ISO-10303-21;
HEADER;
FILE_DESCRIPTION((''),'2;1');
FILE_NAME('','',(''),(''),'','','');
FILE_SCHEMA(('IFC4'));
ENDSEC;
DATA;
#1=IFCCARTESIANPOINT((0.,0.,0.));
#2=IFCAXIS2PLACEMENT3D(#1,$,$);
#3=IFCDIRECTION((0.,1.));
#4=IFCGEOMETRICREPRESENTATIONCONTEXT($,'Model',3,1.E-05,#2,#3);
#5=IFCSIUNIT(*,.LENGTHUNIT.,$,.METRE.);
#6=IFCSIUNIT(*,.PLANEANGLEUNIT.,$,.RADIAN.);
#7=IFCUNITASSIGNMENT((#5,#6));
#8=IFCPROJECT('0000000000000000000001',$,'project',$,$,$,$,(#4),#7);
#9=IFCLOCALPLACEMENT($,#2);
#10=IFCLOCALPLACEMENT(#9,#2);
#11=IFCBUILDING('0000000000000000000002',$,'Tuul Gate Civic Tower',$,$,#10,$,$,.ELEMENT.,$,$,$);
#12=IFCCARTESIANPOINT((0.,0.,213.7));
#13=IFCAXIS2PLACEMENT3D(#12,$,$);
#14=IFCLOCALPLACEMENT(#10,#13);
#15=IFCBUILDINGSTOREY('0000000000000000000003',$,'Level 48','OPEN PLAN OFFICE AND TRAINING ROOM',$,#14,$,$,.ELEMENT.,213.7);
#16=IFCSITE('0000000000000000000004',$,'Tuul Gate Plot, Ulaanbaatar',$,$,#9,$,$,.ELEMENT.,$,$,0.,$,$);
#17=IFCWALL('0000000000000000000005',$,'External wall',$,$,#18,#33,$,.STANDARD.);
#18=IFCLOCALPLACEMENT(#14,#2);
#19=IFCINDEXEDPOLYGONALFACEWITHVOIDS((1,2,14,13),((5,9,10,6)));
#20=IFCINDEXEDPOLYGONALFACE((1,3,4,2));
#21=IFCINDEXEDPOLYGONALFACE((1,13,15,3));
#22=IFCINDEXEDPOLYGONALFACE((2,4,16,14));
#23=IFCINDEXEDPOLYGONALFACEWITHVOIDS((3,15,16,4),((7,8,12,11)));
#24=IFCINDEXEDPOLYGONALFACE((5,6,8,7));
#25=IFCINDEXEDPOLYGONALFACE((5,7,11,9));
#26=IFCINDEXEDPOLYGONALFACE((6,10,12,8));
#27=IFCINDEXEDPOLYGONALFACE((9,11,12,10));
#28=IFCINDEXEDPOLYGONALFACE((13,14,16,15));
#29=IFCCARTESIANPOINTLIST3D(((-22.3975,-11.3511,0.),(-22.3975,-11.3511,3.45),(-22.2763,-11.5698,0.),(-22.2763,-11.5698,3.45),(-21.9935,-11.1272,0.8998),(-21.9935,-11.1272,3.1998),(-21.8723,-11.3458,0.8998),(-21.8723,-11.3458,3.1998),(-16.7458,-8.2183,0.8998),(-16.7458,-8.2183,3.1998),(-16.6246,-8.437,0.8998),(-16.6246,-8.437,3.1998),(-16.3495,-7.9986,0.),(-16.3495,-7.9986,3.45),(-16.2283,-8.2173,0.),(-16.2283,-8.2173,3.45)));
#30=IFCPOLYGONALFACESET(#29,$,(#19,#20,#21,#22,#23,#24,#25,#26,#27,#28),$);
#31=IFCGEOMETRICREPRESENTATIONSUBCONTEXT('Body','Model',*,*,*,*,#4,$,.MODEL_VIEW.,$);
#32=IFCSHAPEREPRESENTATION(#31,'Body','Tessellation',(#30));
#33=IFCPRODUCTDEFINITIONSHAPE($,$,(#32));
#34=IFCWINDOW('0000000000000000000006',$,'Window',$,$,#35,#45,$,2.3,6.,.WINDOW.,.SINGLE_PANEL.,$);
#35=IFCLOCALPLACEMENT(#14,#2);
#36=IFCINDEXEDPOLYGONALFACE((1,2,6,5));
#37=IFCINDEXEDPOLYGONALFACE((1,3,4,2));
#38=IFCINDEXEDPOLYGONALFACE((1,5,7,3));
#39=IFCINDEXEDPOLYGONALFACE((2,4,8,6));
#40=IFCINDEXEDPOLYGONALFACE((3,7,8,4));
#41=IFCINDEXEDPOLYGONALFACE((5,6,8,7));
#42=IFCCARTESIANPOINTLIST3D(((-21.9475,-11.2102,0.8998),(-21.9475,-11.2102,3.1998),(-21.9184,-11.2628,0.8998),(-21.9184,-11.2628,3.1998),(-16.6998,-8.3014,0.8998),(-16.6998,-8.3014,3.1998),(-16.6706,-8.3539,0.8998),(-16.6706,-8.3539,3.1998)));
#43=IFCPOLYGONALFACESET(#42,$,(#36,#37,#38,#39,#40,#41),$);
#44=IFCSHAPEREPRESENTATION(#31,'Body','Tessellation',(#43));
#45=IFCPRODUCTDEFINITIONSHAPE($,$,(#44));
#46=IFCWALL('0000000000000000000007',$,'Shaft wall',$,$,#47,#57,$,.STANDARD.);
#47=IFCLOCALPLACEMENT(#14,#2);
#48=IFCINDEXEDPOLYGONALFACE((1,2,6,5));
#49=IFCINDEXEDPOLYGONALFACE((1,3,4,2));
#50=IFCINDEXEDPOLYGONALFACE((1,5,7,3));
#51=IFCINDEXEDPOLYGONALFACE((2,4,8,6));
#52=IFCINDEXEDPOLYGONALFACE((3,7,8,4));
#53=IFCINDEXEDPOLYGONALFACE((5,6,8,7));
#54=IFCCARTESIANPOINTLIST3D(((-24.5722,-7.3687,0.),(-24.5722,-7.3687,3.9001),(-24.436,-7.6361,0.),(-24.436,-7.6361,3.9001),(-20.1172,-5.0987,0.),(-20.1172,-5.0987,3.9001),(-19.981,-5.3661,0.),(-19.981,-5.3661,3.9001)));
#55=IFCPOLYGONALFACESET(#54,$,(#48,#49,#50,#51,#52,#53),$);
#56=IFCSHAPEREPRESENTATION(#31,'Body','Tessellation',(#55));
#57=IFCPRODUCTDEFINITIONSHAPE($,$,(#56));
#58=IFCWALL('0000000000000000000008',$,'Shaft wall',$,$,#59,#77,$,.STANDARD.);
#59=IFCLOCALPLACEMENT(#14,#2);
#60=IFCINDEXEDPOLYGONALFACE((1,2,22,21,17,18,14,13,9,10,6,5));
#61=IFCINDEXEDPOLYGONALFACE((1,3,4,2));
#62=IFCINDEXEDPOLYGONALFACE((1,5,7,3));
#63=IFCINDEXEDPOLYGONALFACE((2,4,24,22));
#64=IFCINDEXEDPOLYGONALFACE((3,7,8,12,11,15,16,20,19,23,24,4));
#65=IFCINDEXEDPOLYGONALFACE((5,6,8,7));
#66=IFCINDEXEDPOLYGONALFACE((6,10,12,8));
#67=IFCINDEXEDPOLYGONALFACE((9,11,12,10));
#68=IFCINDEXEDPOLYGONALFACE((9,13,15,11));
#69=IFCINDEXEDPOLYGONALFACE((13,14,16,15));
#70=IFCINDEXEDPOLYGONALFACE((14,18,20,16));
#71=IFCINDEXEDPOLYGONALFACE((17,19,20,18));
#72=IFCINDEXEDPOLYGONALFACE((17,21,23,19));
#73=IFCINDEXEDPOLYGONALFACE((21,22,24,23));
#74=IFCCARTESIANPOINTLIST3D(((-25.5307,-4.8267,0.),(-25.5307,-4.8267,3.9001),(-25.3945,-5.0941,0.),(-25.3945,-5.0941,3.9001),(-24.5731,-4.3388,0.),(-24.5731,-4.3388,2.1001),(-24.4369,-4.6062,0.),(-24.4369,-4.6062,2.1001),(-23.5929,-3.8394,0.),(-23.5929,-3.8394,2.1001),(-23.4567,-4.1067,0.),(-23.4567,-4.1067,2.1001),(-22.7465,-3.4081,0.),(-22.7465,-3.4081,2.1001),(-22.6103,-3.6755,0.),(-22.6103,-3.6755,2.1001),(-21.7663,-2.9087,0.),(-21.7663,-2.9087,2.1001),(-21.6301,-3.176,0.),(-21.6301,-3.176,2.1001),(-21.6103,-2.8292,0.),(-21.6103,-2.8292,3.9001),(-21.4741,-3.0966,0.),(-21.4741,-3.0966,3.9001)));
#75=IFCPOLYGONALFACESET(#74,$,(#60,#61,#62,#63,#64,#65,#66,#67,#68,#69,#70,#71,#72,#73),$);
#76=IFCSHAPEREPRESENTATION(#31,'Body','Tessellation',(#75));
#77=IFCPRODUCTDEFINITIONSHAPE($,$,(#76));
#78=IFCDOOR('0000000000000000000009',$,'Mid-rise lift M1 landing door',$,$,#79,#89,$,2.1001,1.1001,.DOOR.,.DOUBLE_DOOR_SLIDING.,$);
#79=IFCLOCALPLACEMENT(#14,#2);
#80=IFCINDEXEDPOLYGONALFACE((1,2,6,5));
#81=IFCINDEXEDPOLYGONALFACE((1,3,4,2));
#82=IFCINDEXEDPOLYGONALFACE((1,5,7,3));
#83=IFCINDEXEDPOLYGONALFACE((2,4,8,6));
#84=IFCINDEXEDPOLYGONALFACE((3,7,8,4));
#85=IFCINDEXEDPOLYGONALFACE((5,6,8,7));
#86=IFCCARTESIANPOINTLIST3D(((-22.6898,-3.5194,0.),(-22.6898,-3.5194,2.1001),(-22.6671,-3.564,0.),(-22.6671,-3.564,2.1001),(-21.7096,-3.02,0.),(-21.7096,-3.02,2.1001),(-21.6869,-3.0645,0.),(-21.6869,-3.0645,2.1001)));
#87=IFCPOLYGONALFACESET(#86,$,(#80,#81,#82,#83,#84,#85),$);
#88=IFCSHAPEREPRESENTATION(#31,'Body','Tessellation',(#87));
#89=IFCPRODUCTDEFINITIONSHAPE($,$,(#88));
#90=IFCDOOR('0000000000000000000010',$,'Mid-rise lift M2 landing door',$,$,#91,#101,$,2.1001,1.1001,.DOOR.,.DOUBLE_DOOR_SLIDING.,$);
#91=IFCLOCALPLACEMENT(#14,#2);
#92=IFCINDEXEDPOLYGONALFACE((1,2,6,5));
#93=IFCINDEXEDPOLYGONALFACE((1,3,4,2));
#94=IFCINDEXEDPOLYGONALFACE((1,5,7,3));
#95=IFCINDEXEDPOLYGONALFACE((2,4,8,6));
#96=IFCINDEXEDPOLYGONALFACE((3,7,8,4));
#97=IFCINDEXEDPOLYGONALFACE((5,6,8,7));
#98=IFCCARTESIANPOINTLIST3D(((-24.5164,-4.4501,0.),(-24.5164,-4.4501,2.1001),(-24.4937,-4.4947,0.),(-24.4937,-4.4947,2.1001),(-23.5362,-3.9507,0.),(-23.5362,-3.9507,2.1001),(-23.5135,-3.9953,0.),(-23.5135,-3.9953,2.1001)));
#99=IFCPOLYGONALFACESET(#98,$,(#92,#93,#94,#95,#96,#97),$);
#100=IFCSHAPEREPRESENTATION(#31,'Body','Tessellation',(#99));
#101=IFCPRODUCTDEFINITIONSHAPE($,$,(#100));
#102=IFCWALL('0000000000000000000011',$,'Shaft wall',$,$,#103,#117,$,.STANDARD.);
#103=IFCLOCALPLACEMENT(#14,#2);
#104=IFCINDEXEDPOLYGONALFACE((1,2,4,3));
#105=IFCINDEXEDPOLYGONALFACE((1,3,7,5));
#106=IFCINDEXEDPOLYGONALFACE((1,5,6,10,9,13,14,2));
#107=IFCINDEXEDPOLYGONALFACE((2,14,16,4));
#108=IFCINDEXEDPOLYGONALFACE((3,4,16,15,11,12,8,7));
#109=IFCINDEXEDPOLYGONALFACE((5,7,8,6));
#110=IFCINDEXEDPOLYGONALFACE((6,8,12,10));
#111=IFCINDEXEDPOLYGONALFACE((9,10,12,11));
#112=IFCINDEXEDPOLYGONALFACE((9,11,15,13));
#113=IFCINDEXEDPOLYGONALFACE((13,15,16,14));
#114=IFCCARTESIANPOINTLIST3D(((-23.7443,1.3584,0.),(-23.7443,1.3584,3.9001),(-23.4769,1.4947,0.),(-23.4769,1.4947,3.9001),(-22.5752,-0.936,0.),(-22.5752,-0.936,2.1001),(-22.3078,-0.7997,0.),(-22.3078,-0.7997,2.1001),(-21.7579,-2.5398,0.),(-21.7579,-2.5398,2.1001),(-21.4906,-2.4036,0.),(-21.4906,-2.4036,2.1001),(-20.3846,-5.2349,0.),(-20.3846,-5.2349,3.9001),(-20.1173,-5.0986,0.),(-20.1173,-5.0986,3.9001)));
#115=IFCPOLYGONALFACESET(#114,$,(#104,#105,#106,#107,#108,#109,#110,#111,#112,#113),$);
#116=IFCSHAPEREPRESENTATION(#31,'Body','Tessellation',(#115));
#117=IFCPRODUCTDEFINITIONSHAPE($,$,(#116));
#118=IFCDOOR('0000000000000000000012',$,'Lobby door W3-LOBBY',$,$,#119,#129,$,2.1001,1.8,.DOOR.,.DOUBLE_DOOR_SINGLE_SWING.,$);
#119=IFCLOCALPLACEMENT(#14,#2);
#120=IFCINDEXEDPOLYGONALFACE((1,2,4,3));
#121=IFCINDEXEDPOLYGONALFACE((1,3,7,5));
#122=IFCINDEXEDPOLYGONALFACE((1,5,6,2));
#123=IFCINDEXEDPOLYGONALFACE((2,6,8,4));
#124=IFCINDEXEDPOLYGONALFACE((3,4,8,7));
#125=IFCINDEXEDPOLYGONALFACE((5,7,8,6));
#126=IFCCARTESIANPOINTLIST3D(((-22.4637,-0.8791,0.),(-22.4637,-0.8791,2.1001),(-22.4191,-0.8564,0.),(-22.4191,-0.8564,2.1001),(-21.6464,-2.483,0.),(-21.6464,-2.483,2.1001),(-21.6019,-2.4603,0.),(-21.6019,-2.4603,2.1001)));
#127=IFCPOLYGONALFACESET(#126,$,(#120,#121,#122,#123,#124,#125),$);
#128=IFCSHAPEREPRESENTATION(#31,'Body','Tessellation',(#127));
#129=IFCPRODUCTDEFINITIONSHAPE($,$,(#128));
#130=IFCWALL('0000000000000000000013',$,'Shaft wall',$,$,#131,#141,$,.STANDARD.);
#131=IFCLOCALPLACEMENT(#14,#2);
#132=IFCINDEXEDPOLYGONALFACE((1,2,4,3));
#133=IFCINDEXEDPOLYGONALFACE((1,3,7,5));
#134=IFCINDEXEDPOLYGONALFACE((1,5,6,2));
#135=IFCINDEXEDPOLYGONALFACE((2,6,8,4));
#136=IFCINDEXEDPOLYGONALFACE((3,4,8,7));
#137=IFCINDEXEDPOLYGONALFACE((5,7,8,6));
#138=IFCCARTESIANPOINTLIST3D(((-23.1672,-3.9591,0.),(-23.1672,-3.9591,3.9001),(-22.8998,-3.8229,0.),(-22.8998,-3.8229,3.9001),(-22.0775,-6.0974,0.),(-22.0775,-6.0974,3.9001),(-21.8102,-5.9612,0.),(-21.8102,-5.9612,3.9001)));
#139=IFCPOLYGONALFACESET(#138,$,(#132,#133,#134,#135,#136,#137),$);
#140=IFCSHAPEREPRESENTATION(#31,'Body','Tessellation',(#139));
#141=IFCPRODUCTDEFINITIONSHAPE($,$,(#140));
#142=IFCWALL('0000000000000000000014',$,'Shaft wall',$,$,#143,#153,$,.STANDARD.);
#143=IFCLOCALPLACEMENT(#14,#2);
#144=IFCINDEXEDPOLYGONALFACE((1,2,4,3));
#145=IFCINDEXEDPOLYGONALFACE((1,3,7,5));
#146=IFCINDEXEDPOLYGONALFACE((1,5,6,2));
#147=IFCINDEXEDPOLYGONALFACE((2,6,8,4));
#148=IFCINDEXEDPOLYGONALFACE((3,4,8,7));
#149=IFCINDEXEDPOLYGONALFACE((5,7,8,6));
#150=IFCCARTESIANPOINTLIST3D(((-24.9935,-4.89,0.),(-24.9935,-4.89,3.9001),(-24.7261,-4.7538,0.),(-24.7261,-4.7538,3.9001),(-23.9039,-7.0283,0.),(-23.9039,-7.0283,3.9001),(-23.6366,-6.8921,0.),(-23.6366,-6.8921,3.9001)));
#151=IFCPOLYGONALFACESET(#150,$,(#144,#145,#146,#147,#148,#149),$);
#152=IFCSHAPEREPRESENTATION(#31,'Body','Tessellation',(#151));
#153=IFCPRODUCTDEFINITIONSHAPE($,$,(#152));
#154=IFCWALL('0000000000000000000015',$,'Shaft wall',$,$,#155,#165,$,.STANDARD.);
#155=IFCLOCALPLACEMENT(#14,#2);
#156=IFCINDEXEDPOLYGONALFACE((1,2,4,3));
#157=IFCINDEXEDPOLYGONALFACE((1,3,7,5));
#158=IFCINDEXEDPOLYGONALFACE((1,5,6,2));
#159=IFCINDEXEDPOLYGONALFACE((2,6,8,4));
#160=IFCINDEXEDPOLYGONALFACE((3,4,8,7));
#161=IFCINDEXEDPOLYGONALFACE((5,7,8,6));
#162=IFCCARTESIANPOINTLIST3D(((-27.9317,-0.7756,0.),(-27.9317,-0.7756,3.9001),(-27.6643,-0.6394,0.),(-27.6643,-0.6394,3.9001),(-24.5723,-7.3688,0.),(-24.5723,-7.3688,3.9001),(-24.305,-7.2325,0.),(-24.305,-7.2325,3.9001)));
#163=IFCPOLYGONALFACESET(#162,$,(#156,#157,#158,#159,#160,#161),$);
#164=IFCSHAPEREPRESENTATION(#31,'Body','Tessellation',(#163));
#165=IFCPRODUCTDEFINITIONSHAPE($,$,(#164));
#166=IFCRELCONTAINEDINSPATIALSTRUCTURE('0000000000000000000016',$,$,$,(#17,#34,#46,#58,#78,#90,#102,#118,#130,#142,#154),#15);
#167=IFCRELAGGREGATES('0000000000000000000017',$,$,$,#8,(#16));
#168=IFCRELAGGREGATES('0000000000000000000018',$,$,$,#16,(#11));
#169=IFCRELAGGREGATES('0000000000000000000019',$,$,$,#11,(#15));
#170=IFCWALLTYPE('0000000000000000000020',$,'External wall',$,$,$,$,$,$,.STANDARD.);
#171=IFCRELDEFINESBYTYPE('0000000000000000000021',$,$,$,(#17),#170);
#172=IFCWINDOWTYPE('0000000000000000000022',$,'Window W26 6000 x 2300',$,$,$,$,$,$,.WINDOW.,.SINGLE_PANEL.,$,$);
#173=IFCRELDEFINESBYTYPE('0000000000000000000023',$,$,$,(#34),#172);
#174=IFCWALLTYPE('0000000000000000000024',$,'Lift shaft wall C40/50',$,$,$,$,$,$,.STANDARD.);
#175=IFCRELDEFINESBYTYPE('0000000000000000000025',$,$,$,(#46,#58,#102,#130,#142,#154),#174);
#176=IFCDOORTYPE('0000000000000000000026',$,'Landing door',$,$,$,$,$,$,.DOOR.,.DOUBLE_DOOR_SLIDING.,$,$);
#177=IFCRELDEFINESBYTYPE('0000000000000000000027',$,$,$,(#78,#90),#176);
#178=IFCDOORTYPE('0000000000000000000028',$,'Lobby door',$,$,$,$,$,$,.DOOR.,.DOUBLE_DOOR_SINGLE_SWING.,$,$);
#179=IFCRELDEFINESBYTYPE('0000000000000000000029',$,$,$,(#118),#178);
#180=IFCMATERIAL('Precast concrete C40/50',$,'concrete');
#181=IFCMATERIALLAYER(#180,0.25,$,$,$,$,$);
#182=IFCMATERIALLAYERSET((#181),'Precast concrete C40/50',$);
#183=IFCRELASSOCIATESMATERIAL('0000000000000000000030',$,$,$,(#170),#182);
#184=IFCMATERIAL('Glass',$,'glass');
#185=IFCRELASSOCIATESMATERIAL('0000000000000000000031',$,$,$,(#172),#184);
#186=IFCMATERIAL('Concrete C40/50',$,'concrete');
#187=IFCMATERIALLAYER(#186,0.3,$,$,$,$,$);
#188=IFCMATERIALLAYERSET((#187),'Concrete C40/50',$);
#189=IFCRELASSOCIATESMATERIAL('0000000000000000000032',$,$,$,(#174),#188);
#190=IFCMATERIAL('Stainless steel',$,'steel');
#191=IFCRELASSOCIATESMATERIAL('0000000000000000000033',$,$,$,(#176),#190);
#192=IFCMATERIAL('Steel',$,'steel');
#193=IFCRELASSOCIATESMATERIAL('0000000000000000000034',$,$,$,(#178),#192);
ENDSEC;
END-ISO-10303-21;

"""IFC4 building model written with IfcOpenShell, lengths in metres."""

from ifc_helpers import new_model, si_unit, direction, frame, frame_2d, origin, place, context, subcontext, project, spatial, rectangle, extrude, material, layer, layer_set, type_object, element, fill, save


model = new_model("IFC4")

# Units and contexts
model_context = context("Model", 3, precision=1e-05, world=origin(), true_north=direction((0.0, 1.0)))
body_context = subcontext(model_context, "Body", "Model", "MODEL_VIEW")
ifc_project = project(units=[si_unit("LENGTHUNIT", "METRE"), si_unit("PLANEANGLEUNIT", "RADIAN")], contexts=[model_context])

# Site, building, storey
site_placement = place(None, origin())
site = spatial("IfcSite", under=ifc_project, at=site_placement, Name="Tuul Gate Plot, Ulaanbaatar", CompositionType="ELEMENT", RefElevation=0.0)
building_placement = place(site_placement, origin())
building = spatial("IfcBuilding", under=site, at=building_placement, Name="Tuul Gate Civic Tower", CompositionType="ELEMENT")
storey_placement = place(building_placement, frame((0.0, 0.0, 213.7)))
storey = spatial("IfcBuildingStorey", under=building, at=storey_placement, Name="Level 48", Description="OPEN PLAN OFFICE AND TRAINING ROOM", CompositionType="ELEMENT", Elevation=213.7)

# Wall, opening, window
ifc_material_1 = material(Name="Precast concrete C40/50", Category="concrete")
ifc_layer_1 = layer(ifc_material_1, 0.25)
ifc_layer_set_1 = layer_set([ifc_layer_1], Name="Precast concrete C40/50")
wall_type_1 = type_object("IfcWallType", Name="External wall", PredefinedType="STANDARD", material=ifc_layer_set_1)
wall_1_placement = place(storey_placement, frame((-22.3369, -11.4604, 0.0), z_axis=(0.0, 0.0, 1.0), x_axis=(0.874618, 0.484812, 0.0)))
wall_1 = element("IfcWall", 1, at=wall_1_placement, inside=storey, type_object=wall_type_1, Name="External wall", PredefinedType="STANDARD", context=body_context, shape_type="SweptSolid", body=[
    extrude(rectangle(XDim=6.915, YDim=0.25, at=frame_2d((3.4575, 0.0))), origin(), (0.0, 0.0, 1.0), 3.45),
])
opening_1_placement = place(wall_1_placement, frame((0.4619, 0.0, 0.8999)))
opening_1 = element("IfcOpeningElement", 2, at=opening_1_placement, cuts=wall_1, PredefinedType="OPENING", context=body_context, shape_type="SweptSolid", body=[
    extrude(rectangle(XDim=6.0, YDim=2.3, at=frame_2d((3.0, 1.1499))), frame((0.0, 0.135, 0.0), z_axis=(0.0, -1.0, 0.0), x_axis=(1.0, 0.0, 0.0)), (0.0, 0.0, 1.0), 0.27),
])
ifc_material_2 = material(Name="Glass", Category="glass")
window_type = type_object("IfcWindowType", Name="Window W26 6000 x 2300", PartitioningType="SINGLE_PANEL", PredefinedType="WINDOW", material=ifc_material_2)
window_placement = place(opening_1_placement, origin())
window = element("IfcWindow", 3, at=window_placement, inside=storey, type_object=window_type, Name="Window", OverallHeight=2.3, OverallWidth=6.0, PartitioningType="SINGLE_PANEL", PredefinedType="WINDOW", context=body_context, shape_type="SweptSolid", body=[
    extrude(rectangle(XDim=6.0, YDim=2.3, at=frame_2d((3.0, 1.1499))), frame((0.0, 0.03, 0.0), z_axis=(0.0, -1.0, 0.0), x_axis=(1.0, 0.0, 0.0)), (0.0, 0.0, 1.0), 0.0601),
])
fill(opening_1, window)

# Wall
ifc_material_3 = material(Name="Concrete C40/50", Category="concrete")
ifc_layer_2 = layer(ifc_material_3, 0.3)
ifc_layer_set_2 = layer_set([ifc_layer_2], Name="Concrete C40/50")
wall_type_2 = type_object("IfcWallType", Name="Lift shaft wall C40/50", PredefinedType="STANDARD", material=ifc_layer_set_2)
wall_2_placement = place(storey_placement, frame((-20.0491, -5.2324, 0.0), z_axis=(0.0, 0.0, 1.0), x_axis=(-0.891003, -0.453997, 0.0)))
element("IfcWall", 4, at=wall_2_placement, inside=storey, type_object=wall_type_2, Name="Shaft wall", PredefinedType="STANDARD", context=body_context, shape_type="SweptSolid", body=[
    extrude(rectangle(XDim=5.0, YDim=0.3, at=frame_2d((2.5, 0.0))), origin(), (0.0, 0.0, 1.0), 3.9001),
])

# Wall, openings, doors
wall_3_placement = place(storey_placement, frame((-21.5422, -2.9629, 0.0), z_axis=(0.0, 0.0, 1.0), x_axis=(-0.891006, -0.453992, 0.0)))
wall_3 = element("IfcWall", 5, at=wall_3_placement, inside=storey, type_object=wall_type_2, Name="Shaft wall", PredefinedType="STANDARD", context=body_context, shape_type="SweptSolid", body=[
    extrude(rectangle(XDim=4.3999, YDim=0.3, at=frame_2d((2.2, 0.0))), origin(), (0.0, 0.0, 1.0), 3.9001),
])
opening_2_placement = place(wall_3_placement, frame((0.175, 0.0, 0.0)))
opening_2 = element("IfcOpeningElement", 6, at=opening_2_placement, cuts=wall_3, PredefinedType="OPENING", context=body_context, shape_type="SweptSolid", body=[
    extrude(rectangle(XDim=1.1001, YDim=2.1001, at=frame_2d((0.55, 1.05))), frame((0.0, 0.1602, 0.0), z_axis=(0.0, -1.0, 0.0), x_axis=(1.0, 0.0, 0.0)), (0.0, 0.0, 1.0), 0.3201),
])
opening_3_placement = place(wall_3_placement, frame((2.2251, 0.0, 0.0)))
opening_3 = element("IfcOpeningElement", 7, at=opening_3_placement, cuts=wall_3, PredefinedType="OPENING", context=body_context, shape_type="SweptSolid", body=[
    extrude(rectangle(XDim=1.1001, YDim=2.1001, at=frame_2d((0.55, 1.05))), frame((0.0, 0.1602, 0.0), z_axis=(0.0, -1.0, 0.0), x_axis=(1.0, 0.0, 0.0)), (0.0, 0.0, 1.0), 0.3201),
])
ifc_material_4 = material(Name="Stainless steel", Category="steel")
door_type_1 = type_object("IfcDoorType", Name="Landing door", OperationType="DOUBLE_DOOR_SLIDING", PredefinedType="DOOR", material=ifc_material_4)
door_1_placement = place(opening_2_placement, origin())
door_1 = element("IfcDoor", 8, at=door_1_placement, inside=storey, type_object=door_type_1, Name="Mid-rise lift M1 landing door", OperationType="DOUBLE_DOOR_SLIDING", OverallHeight=2.1001, OverallWidth=1.1001, PredefinedType="DOOR", context=body_context, shape_type="SweptSolid", body=[
    extrude(rectangle(XDim=1.1001, YDim=2.1001, at=frame_2d((0.55, 1.05))), frame((0.0, 0.0249, 0.0), z_axis=(0.0, -1.0, 0.0), x_axis=(1.0, 0.0, 0.0)), (0.0, 0.0, 1.0), 0.05),
])
fill(opening_2, door_1)
door_2_placement = place(opening_3_placement, origin())
door_2 = element("IfcDoor", 9, at=door_2_placement, inside=storey, type_object=door_type_1, Name="Mid-rise lift M2 landing door", OperationType="DOUBLE_DOOR_SLIDING", OverallHeight=2.1001, OverallWidth=1.1001, PredefinedType="DOOR", context=body_context, shape_type="SweptSolid", body=[
    extrude(rectangle(XDim=1.1001, YDim=2.1001, at=frame_2d((0.55, 1.05))), frame((0.0, 0.0249, 0.0), z_axis=(0.0, -1.0, 0.0), x_axis=(1.0, 0.0, 0.0)), (0.0, 0.0, 1.0), 0.05),
])
fill(opening_3, door_2)

# Wall, opening, door
wall_4_placement = place(storey_placement, frame((-20.251, -5.1667, 0.0), z_axis=(0.0, 0.0, 1.0), x_axis=(-0.45401, 0.890996, 0.0)))
wall_4 = element("IfcWall", 10, at=wall_4_placement, inside=storey, type_object=wall_type_2, Name="Shaft wall", PredefinedType="STANDARD", context=body_context, shape_type="SweptSolid", body=[
    extrude(rectangle(XDim=7.3999, YDim=0.3, at=frame_2d((3.7, 0.0))), origin(), (0.0, 0.0, 1.0), 3.9001),
])
opening_4_placement = place(wall_4_placement, frame((3.0249, 0.0, 0.0)))
opening_4 = element("IfcOpeningElement", 11, at=opening_4_placement, cuts=wall_4, PredefinedType="OPENING", context=body_context, shape_type="SweptSolid", body=[
    extrude(rectangle(XDim=1.8, YDim=2.1001, at=frame_2d((0.8999, 1.05))), frame((0.0, 0.1602, 0.0), z_axis=(0.0, -1.0, 0.0), x_axis=(1.0, 0.0, 0.0)), (0.0, 0.0, 1.0), 0.3201),
])
ifc_material_5 = material(Name="Steel", Category="steel")
door_type_2 = type_object("IfcDoorType", Name="Lobby door", OperationType="DOUBLE_DOOR_SINGLE_SWING", PredefinedType="DOOR", material=ifc_material_5)
door_3_placement = place(opening_4_placement, origin())
door_3 = element("IfcDoor", 12, at=door_3_placement, inside=storey, type_object=door_type_2, Name="Lobby door W3-LOBBY", OperationType="DOUBLE_DOOR_SINGLE_SWING", OverallHeight=2.1001, OverallWidth=1.8, PredefinedType="DOOR", context=body_context, shape_type="SweptSolid", body=[
    extrude(rectangle(XDim=1.8, YDim=2.1001, at=frame_2d((0.8999, 1.05))), frame((0.0, 0.0249, 0.0), z_axis=(0.0, -1.0, 0.0), x_axis=(1.0, 0.0, 0.0)), (0.0, 0.0, 1.0), 0.05),
])
fill(opening_4, door_3)

# Walls
for number, where, z_axis, x_axis, name in (
    (13, (-21.9438, -6.0293, 0.0), (0.0, 0.0, 1.0), (-0.454037, 0.890983, 0.0), "Shaft wall"),
    (14, (-23.7703, -6.9602, 0.0), (0.0, 0.0, 1.0), (-0.453996, 0.891004, 0.0), "Shaft wall"),
):
    element("IfcWall", number, at=place(storey_placement, frame(where, z_axis=z_axis, x_axis=x_axis)), inside=storey, type_object=wall_type_2, Name=name, PredefinedType="STANDARD", context=body_context, shape_type="SweptSolid", body=[
        extrude(rectangle(XDim=2.3999, YDim=0.3, at=frame_2d((1.2, 0.0))), origin(), (0.0, 0.0, 1.0), 3.9001),
    ])
wall_5_placement = place(storey_placement, frame((-24.4387, -7.3005, 0.0), z_axis=(0.0, 0.0, 1.0), x_axis=(-0.453984, 0.89101, 0.0)))
element("IfcWall", 15, at=wall_5_placement, inside=storey, type_object=wall_type_2, Name="Shaft wall", PredefinedType="STANDARD", context=body_context, shape_type="SweptSolid", body=[
    extrude(rectangle(XDim=7.3997, YDim=0.3, at=frame_2d((3.6997, 0.0))), origin(), (0.0, 0.0, 1.0), 3.9001),
])

save(model, "model.ifc")
